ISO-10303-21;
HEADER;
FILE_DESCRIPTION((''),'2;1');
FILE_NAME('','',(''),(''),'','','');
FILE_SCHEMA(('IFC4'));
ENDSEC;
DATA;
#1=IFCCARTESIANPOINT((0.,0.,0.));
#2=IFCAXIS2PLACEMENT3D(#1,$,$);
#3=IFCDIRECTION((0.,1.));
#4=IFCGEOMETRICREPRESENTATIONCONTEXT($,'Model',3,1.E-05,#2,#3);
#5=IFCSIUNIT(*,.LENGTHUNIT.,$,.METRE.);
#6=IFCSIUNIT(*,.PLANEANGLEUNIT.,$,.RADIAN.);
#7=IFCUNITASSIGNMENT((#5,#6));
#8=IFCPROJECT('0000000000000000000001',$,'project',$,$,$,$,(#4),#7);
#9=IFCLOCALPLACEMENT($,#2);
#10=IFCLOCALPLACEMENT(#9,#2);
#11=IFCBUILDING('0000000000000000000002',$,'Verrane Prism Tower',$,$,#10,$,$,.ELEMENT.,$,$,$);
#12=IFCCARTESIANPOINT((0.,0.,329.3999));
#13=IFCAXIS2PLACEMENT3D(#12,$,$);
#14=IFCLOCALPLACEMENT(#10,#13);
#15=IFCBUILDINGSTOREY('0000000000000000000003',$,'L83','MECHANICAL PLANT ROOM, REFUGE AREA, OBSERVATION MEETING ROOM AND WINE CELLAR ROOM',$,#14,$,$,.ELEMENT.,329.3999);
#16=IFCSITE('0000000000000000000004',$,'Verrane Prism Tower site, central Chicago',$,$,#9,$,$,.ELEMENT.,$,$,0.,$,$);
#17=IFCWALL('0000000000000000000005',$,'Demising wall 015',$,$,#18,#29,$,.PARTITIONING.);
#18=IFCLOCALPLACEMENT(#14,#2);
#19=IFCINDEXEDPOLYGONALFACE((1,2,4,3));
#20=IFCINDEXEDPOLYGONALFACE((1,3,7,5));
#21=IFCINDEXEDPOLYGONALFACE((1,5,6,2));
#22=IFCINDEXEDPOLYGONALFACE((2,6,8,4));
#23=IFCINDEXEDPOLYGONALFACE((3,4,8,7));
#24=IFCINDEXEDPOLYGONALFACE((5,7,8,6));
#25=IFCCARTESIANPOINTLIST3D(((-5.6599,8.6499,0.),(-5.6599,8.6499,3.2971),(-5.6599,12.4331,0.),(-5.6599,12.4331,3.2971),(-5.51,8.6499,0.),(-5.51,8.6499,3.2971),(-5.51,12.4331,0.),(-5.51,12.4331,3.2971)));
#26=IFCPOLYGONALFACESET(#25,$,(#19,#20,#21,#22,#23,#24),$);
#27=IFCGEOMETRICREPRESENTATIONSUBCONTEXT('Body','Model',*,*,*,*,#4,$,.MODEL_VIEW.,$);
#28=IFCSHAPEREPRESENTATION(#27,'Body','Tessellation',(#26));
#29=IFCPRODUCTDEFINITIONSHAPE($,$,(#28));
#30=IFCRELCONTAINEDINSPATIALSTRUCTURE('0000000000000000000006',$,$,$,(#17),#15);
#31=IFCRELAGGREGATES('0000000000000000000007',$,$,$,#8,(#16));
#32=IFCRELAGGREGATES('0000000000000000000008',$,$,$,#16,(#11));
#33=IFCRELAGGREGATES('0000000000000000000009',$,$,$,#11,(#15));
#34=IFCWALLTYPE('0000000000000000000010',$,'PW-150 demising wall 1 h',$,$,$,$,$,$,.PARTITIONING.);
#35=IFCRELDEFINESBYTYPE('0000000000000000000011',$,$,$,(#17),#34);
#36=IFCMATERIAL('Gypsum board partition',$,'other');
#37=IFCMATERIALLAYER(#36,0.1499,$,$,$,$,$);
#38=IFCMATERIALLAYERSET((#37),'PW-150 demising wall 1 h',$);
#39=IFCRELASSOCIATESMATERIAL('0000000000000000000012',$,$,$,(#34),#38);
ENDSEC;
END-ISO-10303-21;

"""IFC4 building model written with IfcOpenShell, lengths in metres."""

from ifc_helpers import new_model, si_unit, direction, frame, frame_2d, origin, place, context, subcontext, project, spatial, rectangle, extrude, material, layer, layer_set, type_object, element, save


model = new_model("IFC4")

# Units and contexts
model_context = context("Model", 3, precision=1e-05, world=origin(), true_north=direction((0.0, 1.0)))
body_context = subcontext(model_context, "Body", "Model", "MODEL_VIEW")
ifc_project = project(units=[si_unit("LENGTHUNIT", "METRE"), si_unit("PLANEANGLEUNIT", "RADIAN")], contexts=[model_context])

# Site, building, storey
site_placement = place(None, origin())
site = spatial("IfcSite", under=ifc_project, at=site_placement, Name="Verrane Prism Tower site, central Chicago", CompositionType="ELEMENT", RefElevation=0.0)
building_placement = place(site_placement, origin())
building = spatial("IfcBuilding", under=site, at=building_placement, Name="Verrane Prism Tower", CompositionType="ELEMENT")
storey_placement = place(building_placement, frame((0.0, 0.0, 329.3999)))
storey = spatial("IfcBuildingStorey", under=building, at=storey_placement, Name="L83", Description="MECHANICAL PLANT ROOM, REFUGE AREA, OBSERVATION MEETING ROOM AND WINE CELLAR ROOM", CompositionType="ELEMENT", Elevation=329.3999)

# Wall
ifc_material_1 = material(Name="Gypsum board partition", Category="other")
ifc_layer_1 = layer(ifc_material_1, 0.1499)
ifc_layer_set_1 = layer_set([ifc_layer_1], Name="PW-150 demising wall 1 h")
wall_type_1 = type_object("IfcWallType", Name="PW-150 demising wall 1 h", PredefinedType="PARTITIONING", material=ifc_layer_set_1)
wall_1_placement = place(storey_placement, frame((-5.585, 8.6499, 0.0), z_axis=(0.0, 0.0, 1.0), x_axis=(0.0, 1.0, 0.0)))
element("IfcWall", 1, at=wall_1_placement, inside=storey, type_object=wall_type_1, Name="Demising wall 015", PredefinedType="PARTITIONING", context=body_context, shape_type="SweptSolid", body=[
    extrude(rectangle(XDim=3.7832, YDim=0.1499, at=frame_2d((1.8916, 0.0))), origin(), (0.0, 0.0, 1.0), 3.2971),
])

save(model, "model.ifc")
